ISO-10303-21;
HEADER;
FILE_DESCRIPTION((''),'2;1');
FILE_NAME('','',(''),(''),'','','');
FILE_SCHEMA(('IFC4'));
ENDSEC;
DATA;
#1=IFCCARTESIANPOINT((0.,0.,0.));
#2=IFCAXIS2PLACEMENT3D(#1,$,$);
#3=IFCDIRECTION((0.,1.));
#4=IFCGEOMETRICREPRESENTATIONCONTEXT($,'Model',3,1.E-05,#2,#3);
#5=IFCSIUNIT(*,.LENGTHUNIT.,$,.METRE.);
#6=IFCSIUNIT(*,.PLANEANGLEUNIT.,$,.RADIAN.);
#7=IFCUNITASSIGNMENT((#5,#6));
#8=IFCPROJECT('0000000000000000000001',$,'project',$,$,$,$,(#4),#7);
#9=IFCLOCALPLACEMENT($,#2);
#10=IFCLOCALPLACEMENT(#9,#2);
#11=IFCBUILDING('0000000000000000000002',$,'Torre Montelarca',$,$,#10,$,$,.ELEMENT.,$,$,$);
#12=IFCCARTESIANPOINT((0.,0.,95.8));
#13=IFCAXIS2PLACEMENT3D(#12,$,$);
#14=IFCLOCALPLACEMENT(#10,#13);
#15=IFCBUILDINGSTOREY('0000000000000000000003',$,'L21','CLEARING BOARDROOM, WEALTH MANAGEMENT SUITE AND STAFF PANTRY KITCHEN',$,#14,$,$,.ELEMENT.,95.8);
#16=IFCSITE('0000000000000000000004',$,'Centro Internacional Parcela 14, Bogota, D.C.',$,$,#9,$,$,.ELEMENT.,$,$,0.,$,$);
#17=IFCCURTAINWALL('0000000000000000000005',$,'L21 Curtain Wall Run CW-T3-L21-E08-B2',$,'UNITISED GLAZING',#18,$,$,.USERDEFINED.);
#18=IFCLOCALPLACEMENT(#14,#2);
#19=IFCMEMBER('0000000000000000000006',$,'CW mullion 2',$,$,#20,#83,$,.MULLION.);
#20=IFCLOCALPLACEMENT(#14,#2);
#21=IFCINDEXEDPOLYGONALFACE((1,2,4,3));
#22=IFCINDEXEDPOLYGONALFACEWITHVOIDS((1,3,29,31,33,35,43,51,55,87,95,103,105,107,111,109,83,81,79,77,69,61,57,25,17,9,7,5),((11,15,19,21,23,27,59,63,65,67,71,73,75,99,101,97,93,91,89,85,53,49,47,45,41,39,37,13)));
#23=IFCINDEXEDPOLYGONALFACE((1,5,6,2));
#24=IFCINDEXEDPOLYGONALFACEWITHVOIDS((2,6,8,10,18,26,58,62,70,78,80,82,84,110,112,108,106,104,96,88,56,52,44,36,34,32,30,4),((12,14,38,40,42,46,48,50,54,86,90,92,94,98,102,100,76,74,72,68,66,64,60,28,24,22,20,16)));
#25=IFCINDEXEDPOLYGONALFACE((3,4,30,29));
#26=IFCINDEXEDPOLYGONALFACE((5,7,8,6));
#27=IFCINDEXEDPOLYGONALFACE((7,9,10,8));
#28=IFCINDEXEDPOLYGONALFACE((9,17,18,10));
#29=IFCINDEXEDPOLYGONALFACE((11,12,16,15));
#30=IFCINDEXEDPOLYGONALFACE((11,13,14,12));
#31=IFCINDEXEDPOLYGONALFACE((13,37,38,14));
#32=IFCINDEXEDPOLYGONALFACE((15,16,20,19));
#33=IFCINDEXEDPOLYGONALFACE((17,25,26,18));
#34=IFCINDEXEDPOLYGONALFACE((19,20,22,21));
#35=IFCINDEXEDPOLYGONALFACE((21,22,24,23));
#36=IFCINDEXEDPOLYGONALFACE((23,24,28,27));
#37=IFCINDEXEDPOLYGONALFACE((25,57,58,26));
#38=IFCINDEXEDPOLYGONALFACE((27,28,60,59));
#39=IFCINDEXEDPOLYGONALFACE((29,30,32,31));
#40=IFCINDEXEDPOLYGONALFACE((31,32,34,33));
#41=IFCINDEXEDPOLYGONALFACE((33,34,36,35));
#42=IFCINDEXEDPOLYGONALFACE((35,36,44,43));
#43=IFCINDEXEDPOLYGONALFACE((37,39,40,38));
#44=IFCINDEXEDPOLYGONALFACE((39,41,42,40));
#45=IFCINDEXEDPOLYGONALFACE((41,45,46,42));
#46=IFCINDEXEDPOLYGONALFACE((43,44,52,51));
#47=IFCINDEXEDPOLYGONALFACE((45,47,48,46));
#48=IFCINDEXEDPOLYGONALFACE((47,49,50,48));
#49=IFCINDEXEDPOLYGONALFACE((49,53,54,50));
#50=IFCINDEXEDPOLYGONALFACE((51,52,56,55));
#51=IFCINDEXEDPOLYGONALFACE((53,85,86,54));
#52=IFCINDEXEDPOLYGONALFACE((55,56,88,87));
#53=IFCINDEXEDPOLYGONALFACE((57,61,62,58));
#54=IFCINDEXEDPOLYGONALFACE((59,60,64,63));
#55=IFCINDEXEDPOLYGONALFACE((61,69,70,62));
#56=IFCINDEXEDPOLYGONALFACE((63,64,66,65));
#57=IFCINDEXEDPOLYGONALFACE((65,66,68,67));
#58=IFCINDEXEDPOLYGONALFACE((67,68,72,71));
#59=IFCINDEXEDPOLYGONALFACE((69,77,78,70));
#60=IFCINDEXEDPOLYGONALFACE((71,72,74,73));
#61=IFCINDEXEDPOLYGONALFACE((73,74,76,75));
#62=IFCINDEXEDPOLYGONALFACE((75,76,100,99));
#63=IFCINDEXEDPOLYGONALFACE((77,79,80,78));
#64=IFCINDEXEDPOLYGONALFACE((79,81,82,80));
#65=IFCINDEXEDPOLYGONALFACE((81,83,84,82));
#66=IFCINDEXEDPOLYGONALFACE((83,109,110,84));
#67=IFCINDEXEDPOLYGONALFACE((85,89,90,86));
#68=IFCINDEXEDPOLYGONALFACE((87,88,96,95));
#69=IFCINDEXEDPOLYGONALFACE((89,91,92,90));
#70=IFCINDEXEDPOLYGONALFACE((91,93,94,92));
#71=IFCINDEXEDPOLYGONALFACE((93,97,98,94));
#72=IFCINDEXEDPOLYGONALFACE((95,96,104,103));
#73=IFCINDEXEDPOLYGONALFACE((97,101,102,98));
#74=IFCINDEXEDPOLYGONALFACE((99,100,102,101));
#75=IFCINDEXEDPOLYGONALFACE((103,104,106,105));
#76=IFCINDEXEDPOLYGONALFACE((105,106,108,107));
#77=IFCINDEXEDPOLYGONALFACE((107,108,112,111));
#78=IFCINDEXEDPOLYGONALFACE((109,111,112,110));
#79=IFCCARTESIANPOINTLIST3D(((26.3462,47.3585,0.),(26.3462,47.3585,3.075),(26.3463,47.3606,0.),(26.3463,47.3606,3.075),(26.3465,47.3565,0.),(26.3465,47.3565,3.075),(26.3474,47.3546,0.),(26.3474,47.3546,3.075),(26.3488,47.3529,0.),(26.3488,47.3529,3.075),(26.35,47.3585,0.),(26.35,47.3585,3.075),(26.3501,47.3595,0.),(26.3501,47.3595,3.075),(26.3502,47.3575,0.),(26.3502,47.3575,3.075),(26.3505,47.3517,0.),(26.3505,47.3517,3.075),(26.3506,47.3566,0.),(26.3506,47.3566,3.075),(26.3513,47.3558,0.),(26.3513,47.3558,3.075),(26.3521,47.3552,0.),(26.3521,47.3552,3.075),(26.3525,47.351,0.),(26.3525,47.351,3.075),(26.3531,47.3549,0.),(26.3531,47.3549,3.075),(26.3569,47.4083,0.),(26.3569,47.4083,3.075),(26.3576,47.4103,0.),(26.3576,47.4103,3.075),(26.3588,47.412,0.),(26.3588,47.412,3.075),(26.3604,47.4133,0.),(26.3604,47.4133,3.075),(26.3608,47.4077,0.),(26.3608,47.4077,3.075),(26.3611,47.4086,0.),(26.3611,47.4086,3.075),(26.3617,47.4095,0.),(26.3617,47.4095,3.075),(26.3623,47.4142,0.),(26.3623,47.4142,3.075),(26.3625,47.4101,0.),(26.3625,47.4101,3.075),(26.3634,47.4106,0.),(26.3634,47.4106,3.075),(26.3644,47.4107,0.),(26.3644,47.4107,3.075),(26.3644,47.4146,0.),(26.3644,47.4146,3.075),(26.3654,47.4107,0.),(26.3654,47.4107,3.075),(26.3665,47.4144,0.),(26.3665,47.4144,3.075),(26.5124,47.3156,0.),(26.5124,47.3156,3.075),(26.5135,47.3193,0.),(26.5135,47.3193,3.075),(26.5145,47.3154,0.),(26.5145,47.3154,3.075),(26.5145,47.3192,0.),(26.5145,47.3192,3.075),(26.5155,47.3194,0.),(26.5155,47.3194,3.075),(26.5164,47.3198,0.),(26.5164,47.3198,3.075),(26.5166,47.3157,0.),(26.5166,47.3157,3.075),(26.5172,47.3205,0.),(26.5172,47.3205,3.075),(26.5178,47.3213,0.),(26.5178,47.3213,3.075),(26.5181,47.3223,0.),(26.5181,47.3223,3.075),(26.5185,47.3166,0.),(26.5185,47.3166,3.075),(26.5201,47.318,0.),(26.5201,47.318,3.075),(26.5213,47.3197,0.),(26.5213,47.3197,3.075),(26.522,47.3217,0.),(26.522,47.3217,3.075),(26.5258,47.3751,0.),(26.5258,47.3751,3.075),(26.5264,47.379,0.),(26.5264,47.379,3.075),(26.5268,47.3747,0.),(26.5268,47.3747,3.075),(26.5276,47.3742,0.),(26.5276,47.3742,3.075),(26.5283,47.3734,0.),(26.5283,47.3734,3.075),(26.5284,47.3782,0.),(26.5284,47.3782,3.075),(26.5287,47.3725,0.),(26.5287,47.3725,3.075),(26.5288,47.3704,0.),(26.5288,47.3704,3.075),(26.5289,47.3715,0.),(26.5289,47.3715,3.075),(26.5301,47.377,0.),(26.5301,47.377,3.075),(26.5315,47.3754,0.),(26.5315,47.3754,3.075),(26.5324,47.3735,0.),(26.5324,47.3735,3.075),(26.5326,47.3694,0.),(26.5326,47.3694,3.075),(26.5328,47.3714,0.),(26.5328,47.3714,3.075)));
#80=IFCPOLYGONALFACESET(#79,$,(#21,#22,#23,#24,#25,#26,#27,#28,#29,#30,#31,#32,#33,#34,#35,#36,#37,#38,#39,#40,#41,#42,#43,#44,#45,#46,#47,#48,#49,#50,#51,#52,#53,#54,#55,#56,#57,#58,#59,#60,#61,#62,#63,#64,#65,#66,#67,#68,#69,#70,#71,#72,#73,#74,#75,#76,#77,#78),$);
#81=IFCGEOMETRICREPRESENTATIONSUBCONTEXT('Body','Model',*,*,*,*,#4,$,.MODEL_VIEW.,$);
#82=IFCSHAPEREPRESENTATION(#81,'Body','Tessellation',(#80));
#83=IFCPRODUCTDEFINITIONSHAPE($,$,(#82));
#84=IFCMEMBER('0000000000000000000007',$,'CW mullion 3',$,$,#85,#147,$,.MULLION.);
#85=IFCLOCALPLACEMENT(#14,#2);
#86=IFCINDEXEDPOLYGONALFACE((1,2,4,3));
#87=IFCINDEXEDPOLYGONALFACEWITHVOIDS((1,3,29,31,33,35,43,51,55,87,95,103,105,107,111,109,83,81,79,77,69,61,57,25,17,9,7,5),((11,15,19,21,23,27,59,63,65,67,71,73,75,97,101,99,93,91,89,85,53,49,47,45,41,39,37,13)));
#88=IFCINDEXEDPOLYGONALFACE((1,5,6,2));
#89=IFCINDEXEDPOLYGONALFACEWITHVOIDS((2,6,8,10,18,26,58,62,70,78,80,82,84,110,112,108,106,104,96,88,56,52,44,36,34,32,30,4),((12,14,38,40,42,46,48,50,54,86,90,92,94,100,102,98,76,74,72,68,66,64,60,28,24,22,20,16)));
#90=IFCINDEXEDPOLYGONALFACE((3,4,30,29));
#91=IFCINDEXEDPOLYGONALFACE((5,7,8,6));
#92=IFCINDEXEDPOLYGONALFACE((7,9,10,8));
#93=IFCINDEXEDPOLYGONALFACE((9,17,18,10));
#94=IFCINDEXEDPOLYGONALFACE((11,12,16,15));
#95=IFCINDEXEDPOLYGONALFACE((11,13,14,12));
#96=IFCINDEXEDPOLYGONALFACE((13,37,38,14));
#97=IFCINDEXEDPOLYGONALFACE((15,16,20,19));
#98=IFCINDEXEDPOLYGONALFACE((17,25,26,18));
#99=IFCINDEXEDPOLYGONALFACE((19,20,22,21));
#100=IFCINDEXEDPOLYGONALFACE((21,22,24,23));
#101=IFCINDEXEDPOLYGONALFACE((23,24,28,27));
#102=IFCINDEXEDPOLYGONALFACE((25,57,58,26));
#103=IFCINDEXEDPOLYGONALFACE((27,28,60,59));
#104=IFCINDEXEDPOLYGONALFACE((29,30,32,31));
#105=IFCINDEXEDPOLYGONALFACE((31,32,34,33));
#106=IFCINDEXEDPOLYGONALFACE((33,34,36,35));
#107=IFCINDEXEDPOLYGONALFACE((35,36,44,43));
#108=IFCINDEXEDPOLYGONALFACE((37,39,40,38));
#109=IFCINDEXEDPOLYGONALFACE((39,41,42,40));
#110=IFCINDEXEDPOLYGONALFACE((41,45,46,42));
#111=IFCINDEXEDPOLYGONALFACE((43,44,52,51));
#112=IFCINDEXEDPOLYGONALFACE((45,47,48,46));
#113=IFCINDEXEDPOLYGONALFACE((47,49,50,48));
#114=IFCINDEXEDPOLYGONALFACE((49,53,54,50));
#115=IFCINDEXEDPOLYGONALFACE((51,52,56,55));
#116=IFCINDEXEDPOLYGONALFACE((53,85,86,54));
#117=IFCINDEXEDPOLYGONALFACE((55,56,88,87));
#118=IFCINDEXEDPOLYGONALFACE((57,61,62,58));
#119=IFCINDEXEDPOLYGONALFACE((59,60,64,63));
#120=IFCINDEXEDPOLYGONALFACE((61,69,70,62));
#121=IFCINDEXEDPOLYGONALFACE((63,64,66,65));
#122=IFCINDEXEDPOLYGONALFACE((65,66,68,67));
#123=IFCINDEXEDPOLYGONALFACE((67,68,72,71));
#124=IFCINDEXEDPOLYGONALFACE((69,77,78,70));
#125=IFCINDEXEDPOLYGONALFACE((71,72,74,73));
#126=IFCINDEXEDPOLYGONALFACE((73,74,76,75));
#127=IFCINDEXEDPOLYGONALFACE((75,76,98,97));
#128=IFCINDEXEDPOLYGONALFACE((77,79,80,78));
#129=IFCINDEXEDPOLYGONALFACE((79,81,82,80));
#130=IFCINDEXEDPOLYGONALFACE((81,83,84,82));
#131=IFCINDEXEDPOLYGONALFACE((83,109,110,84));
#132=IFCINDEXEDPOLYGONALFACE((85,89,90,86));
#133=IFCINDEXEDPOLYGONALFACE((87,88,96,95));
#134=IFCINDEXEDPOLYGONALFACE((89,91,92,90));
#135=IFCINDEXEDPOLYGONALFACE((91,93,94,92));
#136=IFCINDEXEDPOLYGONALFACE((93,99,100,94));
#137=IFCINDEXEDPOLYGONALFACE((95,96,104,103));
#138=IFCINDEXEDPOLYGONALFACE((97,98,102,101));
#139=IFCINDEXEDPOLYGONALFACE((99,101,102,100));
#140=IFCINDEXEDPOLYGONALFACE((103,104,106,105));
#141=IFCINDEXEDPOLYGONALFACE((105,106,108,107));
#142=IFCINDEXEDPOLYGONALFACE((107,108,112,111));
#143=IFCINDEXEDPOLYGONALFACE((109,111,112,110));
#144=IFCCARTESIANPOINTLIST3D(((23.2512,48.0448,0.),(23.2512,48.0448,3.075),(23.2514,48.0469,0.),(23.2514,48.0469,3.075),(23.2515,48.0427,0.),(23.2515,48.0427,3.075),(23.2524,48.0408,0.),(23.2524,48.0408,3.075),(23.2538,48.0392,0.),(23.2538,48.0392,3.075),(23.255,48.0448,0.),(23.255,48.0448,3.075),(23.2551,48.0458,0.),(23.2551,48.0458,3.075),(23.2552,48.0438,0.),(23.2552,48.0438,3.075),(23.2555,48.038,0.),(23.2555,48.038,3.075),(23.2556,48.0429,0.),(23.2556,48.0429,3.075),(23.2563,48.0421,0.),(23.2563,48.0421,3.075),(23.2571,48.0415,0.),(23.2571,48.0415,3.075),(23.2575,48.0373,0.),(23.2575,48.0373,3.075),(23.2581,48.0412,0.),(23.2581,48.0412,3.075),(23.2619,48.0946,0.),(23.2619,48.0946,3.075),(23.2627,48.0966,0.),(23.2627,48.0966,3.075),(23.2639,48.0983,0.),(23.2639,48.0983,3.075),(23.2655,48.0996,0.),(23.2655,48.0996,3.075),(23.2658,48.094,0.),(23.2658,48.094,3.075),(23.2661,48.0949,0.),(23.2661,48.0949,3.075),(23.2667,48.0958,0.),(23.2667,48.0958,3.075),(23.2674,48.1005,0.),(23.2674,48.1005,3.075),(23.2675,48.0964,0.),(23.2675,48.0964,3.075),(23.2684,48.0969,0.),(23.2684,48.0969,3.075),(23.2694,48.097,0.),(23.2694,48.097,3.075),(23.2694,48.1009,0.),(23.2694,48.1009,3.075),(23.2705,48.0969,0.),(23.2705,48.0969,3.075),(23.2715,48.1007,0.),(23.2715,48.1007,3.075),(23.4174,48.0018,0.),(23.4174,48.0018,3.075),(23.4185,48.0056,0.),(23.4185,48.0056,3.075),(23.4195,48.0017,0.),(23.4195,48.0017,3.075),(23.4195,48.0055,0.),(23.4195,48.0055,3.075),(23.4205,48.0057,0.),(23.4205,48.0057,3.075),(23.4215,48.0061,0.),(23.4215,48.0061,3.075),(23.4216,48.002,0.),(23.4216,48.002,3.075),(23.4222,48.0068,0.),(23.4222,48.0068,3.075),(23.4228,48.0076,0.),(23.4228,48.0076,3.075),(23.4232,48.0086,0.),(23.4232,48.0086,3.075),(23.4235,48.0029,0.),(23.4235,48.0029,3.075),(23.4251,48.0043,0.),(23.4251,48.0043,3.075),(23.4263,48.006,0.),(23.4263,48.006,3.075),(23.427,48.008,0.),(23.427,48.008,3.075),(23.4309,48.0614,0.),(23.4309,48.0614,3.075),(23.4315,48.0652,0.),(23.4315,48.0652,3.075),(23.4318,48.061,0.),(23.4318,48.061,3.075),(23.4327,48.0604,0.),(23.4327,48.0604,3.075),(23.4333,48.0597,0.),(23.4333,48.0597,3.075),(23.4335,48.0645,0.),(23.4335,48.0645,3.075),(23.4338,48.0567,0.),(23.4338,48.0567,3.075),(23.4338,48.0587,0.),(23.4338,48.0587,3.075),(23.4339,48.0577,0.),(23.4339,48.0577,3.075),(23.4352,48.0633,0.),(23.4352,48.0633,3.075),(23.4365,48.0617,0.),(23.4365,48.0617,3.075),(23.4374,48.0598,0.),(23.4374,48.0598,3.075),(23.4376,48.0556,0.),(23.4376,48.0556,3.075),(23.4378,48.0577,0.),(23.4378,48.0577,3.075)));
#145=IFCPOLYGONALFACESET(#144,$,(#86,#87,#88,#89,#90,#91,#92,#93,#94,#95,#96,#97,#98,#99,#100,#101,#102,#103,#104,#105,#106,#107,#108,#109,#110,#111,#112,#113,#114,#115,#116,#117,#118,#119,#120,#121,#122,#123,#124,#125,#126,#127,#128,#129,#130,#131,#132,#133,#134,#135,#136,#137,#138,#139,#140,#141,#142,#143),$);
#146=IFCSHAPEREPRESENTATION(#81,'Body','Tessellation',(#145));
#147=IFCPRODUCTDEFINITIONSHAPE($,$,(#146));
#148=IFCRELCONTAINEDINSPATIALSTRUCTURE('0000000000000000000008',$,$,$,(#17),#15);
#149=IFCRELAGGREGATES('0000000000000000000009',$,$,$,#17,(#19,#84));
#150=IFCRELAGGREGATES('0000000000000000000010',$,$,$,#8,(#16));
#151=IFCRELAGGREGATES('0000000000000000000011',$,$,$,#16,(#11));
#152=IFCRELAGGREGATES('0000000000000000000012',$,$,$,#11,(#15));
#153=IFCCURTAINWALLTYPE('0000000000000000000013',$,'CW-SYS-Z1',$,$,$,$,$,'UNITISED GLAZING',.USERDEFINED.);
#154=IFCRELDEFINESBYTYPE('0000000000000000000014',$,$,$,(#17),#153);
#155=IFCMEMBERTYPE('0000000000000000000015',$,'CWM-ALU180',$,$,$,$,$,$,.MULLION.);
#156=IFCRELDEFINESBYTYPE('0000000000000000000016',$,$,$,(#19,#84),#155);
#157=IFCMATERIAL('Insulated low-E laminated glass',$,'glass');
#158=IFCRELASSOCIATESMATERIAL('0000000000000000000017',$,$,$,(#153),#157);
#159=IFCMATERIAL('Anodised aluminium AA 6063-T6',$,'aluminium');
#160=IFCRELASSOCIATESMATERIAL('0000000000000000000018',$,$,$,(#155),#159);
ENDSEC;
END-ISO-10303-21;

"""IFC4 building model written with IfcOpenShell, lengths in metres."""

from ifc_helpers import new_model, si_unit, direction, frame, origin, origin_2d, place, context, subcontext, project, spatial, hollow_rectangle, extrude, source, transform, mapped, material, material_profile, profile_set, type_object, element, aggregate, save


model = new_model("IFC4")

# Units and contexts
model_context = context("Model", 3, precision=1e-05, world=origin(), true_north=direction((0.0, 1.0)))
body_context = subcontext(model_context, "Body", "Model", "MODEL_VIEW")
ifc_project = project(units=[si_unit("LENGTHUNIT", "METRE"), si_unit("PLANEANGLEUNIT", "RADIAN")], contexts=[model_context])

# Site, building, storey
site_placement = place(None, origin())
site = spatial("IfcSite", under=ifc_project, at=site_placement, Name="Centro Internacional Parcela 14, Bogota, D.C.", CompositionType="ELEMENT", RefElevation=0.0)
building_placement = place(site_placement, origin())
building = spatial("IfcBuilding", under=site, at=building_placement, Name="Torre Montelarca", CompositionType="ELEMENT")
storey_placement = place(building_placement, frame((0.0, 0.0, 95.8)))
storey = spatial("IfcBuildingStorey", under=building, at=storey_placement, Name="L21", Description="CLEARING BOARDROOM, WEALTH MANAGEMENT SUITE AND STAFF PANTRY KITCHEN", CompositionType="ELEMENT", Elevation=95.8)

# Curtain wall
ifc_material_1 = material(Name="Insulated low-E laminated glass", Category="glass")
curtain_wall_type = type_object("IfcCurtainWallType", Name="CW-SYS-Z1", ElementType="UNITISED GLAZING", PredefinedType="USERDEFINED", material=ifc_material_1)
curtain_wall_1_placement = place(storey_placement, origin())
curtain_wall_1 = element("IfcCurtainWall", 1, at=curtain_wall_1_placement, inside=storey, type_object=curtain_wall_type, Name="L21 Curtain Wall Run CW-T3-L21-E08-B2", ObjectType="UNITISED GLAZING", PredefinedType="USERDEFINED")
ifc_material_2 = material(Name="Anodised aluminium AA 6063-T6", Category="aluminium")

# Shared definitions
ifc_material_profile_1 = material_profile(ifc_material_2, hollow_rectangle(XDim=0.0649, YDim=0.1799, WallThickness=0.0039, InnerFilletRadius=0.0039, OuterFilletRadius=0.0081, at=origin_2d()), Name="ALU65X180X4", Category="aluminium")
ifc_profile_set_1 = profile_set([ifc_material_profile_1], Name="Anodised aluminium AA 6063-T6")
member_type_1 = type_object("IfcMemberType", Name="CWM-ALU180", PredefinedType="MULLION", material=ifc_profile_set_1)
shared_shape_1 = source(origin(), body_context, "Body", "SweptSolid", [
    extrude(hollow_rectangle(XDim=0.0649, YDim=0.1799, WallThickness=0.0039, InnerFilletRadius=0.0039, OuterFilletRadius=0.0081, at=origin_2d()), origin(), (0.0, 0.0, 1.0), 3.075),
])

# Members
member_1_placement = place(storey_placement, frame((26.4395, 47.365, 0.0), z_axis=(0.0, 0.0, 1.0), x_axis=(-0.216443, -0.976295, 0.0)))
member_1 = element("IfcMember", 2, at=member_1_placement, type_object=member_type_1, Name="CW mullion 2", PredefinedType="MULLION", context=body_context, shape_type="MappedRepresentation", body=[
    mapped(shared_shape_1, transform((0.0, 0.0, 0.0), scale=1.0)),
])
member_2_placement = place(storey_placement, frame((23.3445, 48.0513, 0.0), z_axis=(0.0, 0.0, 1.0), x_axis=(-0.216443, -0.976295, 0.0)))
member_2 = element("IfcMember", 3, at=member_2_placement, type_object=member_type_1, Name="CW mullion 3", PredefinedType="MULLION", context=body_context, shape_type="MappedRepresentation", body=[
    mapped(shared_shape_1, transform((0.0, 0.0, 0.0), scale=1.0)),
])

aggregate(curtain_wall_1, [member_1, member_2])

save(model, "model.ifc")
